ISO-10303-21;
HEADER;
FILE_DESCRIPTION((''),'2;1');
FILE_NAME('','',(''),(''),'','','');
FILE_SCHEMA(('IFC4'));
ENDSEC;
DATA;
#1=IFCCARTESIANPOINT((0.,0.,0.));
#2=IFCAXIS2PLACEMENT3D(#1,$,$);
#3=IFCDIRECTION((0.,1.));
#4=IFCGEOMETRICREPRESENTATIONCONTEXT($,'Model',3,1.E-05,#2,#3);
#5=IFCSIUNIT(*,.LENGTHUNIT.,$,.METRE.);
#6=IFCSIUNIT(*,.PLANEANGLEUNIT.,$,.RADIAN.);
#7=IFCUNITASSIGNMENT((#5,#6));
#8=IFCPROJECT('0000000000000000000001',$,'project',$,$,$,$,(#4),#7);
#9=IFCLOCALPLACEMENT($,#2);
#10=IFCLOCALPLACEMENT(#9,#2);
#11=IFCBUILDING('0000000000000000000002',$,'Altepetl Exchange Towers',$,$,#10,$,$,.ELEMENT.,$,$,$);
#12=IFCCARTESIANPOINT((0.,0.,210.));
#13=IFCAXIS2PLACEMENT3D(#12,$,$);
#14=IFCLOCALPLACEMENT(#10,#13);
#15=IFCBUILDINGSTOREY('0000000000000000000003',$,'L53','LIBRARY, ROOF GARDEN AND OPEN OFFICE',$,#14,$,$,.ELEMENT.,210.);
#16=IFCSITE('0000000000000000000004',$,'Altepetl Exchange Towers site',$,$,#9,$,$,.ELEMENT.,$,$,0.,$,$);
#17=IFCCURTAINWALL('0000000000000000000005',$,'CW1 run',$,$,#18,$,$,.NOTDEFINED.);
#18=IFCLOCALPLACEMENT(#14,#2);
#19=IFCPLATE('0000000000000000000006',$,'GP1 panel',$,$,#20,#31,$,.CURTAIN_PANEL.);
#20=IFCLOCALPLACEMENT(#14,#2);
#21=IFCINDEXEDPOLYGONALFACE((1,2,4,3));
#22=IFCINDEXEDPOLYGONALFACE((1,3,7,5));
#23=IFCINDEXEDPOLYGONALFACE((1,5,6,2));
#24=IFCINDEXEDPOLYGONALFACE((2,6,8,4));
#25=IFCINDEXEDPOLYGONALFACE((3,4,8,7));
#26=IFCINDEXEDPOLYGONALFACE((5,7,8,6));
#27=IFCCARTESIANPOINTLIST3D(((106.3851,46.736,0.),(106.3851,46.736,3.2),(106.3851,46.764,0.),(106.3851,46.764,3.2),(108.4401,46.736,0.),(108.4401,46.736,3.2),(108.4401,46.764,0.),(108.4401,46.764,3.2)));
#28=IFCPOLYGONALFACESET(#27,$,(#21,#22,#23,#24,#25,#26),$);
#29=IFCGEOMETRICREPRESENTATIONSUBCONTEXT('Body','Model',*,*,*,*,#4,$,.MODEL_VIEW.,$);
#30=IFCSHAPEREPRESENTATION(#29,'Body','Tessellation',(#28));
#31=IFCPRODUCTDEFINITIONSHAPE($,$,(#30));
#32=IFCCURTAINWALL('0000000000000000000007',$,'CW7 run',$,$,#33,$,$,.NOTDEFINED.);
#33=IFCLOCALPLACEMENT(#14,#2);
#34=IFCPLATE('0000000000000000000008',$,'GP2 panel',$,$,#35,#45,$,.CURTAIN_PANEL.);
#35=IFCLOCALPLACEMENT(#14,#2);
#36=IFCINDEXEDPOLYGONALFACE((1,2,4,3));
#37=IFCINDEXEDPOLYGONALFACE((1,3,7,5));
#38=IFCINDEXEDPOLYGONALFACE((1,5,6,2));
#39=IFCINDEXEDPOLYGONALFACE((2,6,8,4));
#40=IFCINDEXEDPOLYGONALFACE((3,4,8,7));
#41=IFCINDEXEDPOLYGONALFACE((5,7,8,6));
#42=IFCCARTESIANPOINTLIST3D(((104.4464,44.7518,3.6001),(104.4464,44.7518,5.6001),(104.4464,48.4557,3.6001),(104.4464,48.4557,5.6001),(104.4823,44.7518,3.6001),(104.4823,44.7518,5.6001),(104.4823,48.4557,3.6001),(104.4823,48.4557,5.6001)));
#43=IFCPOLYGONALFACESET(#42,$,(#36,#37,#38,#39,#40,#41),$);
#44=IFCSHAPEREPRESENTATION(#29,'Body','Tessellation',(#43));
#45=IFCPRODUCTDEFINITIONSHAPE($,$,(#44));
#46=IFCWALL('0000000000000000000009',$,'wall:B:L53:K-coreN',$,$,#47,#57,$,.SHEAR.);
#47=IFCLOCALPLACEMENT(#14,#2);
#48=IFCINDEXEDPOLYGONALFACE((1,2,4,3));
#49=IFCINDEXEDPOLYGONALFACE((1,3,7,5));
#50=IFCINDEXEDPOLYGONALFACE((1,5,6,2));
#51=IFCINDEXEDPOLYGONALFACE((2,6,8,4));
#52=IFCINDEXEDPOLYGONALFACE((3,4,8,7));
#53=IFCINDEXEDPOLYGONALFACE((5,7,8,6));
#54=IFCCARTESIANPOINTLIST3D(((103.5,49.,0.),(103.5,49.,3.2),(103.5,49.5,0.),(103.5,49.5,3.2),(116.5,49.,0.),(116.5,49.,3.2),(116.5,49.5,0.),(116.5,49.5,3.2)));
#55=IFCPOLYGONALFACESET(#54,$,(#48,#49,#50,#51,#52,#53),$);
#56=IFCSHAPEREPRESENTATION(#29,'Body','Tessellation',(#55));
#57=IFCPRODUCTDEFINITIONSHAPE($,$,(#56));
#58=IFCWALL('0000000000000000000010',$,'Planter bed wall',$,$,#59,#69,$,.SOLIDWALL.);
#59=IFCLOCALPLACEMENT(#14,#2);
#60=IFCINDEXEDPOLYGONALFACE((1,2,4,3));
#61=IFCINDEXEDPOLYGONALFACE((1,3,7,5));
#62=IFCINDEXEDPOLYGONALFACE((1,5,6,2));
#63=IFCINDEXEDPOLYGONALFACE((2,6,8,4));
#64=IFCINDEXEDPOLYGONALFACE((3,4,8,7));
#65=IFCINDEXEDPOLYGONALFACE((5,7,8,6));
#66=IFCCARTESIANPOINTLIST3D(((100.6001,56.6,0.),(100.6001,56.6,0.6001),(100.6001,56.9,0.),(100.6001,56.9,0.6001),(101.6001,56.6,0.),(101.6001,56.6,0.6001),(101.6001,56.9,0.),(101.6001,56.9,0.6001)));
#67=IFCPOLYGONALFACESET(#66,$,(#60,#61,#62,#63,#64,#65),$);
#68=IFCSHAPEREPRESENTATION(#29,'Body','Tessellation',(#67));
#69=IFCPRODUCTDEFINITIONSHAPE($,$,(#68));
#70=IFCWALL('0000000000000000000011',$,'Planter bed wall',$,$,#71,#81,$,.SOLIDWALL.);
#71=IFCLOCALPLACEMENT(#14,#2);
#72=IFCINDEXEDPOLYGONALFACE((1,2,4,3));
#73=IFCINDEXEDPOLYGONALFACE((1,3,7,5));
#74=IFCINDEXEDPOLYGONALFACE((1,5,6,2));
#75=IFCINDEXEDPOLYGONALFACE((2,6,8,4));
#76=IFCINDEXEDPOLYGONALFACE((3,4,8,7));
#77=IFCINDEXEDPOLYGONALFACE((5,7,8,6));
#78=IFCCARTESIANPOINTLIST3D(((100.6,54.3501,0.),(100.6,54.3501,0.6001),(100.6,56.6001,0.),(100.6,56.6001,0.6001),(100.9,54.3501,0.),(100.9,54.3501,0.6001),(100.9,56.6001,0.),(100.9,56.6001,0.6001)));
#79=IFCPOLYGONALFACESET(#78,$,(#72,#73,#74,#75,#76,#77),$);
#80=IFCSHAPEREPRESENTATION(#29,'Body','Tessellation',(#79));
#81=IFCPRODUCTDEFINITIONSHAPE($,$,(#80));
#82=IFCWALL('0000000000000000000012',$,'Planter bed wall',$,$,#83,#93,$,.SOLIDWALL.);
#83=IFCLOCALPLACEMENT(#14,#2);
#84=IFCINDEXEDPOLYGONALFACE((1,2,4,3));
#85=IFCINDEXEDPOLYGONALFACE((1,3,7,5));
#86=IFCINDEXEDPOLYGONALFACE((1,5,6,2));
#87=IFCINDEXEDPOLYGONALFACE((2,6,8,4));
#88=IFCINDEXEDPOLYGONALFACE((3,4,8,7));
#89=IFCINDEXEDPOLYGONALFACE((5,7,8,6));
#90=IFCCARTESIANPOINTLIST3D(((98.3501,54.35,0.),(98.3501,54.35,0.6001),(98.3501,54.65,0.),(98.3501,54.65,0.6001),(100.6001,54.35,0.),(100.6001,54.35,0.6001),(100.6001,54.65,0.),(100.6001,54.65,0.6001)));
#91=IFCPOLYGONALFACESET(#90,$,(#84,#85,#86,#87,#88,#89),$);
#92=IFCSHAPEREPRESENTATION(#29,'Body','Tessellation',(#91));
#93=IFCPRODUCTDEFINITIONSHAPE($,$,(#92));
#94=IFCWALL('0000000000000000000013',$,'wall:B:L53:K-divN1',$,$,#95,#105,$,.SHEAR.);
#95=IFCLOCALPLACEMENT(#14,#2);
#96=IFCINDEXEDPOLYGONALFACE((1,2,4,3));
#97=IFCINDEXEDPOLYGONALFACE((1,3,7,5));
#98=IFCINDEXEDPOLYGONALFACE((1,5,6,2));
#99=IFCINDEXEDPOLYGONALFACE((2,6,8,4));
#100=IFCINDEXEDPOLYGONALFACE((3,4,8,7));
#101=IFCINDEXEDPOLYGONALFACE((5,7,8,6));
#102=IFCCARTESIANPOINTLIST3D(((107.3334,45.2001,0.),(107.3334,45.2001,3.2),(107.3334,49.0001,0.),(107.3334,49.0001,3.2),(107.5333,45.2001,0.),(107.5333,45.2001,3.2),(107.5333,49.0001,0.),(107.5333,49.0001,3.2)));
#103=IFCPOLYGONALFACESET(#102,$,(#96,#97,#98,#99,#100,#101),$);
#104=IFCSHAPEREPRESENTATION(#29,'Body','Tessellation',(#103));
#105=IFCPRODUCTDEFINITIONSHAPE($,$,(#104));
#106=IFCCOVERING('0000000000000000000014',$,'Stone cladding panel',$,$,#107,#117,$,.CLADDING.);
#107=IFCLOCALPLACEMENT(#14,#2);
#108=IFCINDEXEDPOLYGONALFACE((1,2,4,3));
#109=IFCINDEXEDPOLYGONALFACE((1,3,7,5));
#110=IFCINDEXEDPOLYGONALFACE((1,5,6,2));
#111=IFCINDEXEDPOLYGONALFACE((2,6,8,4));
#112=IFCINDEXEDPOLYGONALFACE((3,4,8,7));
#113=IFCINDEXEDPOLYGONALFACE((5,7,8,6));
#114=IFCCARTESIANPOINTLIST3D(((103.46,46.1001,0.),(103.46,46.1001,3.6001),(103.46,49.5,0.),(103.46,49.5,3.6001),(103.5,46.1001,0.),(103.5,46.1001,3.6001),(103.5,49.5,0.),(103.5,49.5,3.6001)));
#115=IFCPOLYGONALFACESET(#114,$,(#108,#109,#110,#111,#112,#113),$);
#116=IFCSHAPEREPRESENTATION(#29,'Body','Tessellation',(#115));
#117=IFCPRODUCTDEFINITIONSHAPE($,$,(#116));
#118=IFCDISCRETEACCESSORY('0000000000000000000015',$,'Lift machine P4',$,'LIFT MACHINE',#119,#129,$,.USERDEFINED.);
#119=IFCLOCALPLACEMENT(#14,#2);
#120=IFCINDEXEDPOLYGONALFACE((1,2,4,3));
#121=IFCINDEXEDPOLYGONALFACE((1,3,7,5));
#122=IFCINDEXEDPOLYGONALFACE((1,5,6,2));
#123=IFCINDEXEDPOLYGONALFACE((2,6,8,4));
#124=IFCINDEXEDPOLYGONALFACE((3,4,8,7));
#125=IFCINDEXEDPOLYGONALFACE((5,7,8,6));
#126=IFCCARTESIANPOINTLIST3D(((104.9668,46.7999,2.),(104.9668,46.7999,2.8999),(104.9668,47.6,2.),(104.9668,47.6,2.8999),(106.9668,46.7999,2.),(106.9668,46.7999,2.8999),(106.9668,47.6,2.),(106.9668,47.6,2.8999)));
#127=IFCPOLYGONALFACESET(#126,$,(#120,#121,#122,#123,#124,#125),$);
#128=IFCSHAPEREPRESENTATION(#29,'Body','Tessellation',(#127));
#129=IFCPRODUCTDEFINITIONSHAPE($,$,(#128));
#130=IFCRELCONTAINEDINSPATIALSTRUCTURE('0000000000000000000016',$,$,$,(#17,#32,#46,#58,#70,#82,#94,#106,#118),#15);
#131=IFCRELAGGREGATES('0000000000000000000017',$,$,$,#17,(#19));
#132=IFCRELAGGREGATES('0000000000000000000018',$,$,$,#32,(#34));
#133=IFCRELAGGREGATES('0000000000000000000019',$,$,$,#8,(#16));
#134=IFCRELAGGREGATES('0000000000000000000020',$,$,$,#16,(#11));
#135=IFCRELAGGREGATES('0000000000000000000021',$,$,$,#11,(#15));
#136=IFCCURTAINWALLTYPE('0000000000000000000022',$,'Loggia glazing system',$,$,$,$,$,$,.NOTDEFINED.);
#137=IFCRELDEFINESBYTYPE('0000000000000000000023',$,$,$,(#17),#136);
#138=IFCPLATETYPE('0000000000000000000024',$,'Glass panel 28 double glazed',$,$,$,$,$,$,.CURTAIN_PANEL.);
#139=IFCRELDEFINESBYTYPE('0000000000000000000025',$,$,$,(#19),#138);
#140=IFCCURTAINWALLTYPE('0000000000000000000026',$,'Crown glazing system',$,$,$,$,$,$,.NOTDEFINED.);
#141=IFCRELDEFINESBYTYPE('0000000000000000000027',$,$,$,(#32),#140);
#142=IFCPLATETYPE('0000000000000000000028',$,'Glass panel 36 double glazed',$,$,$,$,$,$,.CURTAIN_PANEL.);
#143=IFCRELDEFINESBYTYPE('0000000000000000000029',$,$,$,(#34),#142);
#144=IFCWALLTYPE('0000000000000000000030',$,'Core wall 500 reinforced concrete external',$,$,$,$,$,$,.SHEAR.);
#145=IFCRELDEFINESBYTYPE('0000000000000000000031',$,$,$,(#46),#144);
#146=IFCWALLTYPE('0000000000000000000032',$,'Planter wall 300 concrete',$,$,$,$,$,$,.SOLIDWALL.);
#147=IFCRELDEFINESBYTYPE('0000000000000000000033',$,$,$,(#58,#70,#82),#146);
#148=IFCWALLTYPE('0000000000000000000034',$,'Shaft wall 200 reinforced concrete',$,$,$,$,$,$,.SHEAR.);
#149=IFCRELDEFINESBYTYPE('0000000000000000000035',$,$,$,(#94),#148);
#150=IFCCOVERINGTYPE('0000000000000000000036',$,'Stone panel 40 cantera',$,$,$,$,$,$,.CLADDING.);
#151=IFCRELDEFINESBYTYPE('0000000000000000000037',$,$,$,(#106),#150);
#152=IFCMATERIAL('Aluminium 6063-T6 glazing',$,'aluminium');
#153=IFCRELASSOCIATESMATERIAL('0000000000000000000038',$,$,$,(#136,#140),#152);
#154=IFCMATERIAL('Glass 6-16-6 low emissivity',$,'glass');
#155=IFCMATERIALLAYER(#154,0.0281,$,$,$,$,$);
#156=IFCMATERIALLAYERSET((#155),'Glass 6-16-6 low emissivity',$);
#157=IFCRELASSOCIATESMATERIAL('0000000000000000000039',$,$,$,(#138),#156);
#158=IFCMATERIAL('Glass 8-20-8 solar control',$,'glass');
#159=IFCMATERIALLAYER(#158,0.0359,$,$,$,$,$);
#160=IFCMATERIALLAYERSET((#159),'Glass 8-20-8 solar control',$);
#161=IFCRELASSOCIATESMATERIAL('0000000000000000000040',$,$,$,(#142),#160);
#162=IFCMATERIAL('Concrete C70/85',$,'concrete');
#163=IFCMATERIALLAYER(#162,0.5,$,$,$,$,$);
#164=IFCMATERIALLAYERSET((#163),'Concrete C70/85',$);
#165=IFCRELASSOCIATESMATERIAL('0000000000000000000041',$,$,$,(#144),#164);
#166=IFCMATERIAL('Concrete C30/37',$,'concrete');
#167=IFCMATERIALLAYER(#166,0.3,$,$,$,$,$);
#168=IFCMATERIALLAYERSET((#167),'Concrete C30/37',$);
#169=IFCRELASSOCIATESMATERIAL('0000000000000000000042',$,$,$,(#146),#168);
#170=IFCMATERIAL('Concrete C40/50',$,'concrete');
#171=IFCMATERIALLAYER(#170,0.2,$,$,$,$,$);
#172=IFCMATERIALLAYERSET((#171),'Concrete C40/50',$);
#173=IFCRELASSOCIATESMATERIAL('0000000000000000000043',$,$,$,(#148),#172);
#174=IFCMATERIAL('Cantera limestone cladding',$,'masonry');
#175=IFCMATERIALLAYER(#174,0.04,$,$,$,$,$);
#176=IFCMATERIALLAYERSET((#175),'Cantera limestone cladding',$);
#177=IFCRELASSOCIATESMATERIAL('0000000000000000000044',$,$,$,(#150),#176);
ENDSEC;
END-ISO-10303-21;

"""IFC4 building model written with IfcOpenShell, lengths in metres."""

from ifc_helpers import new_model, si_unit, direction, frame, frame_2d, origin, origin_2d, place, context, subcontext, project, spatial, rectangle, extrude, material, layer, layer_set, type_object, element, aggregate, save


model = new_model("IFC4")

# Units and contexts
model_context = context("Model", 3, precision=1e-05, world=origin(), true_north=direction((0.0, 1.0)))
body_context = subcontext(model_context, "Body", "Model", "MODEL_VIEW")
ifc_project = project(units=[si_unit("LENGTHUNIT", "METRE"), si_unit("PLANEANGLEUNIT", "RADIAN")], contexts=[model_context])

# Site, building, storey
site_placement = place(None, origin())
site = spatial("IfcSite", under=ifc_project, at=site_placement, Name="Altepetl Exchange Towers site", CompositionType="ELEMENT", RefElevation=0.0)
building_placement = place(site_placement, origin())
building = spatial("IfcBuilding", under=site, at=building_placement, Name="Altepetl Exchange Towers", CompositionType="ELEMENT")
storey_placement = place(building_placement, frame((0.0, 0.0, 210.0)))
storey = spatial("IfcBuildingStorey", under=building, at=storey_placement, Name="L53", Description="LIBRARY, ROOF GARDEN AND OPEN OFFICE", CompositionType="ELEMENT", Elevation=210.0)

# Shared definitions
ifc_material_1 = material(Name="Aluminium 6063-T6 glazing", Category="aluminium")
curtain_wall_type_1 = type_object("IfcCurtainWallType", Name="Loggia glazing system", PredefinedType="NOTDEFINED", material=ifc_material_1)

# Curtain wall
curtain_wall_1_placement = place(storey_placement, origin())
curtain_wall_1 = element("IfcCurtainWall", 1, at=curtain_wall_1_placement, inside=storey, type_object=curtain_wall_type_1, Name="CW1 run", PredefinedType="NOTDEFINED")

# Plate
ifc_material_2 = material(Name="Glass 6-16-6 low emissivity", Category="glass")
ifc_layer_1 = layer(ifc_material_2, 0.0281)
ifc_layer_set_1 = layer_set([ifc_layer_1], Name="Glass 6-16-6 low emissivity")
plate_type_1 = type_object("IfcPlateType", Name="Glass panel 28 double glazed", PredefinedType="CURTAIN_PANEL", material=ifc_layer_set_1)
plate_1_placement = place(storey_placement, frame((107.4126, 46.75, 0.0), z_axis=(0.0, 0.0, 1.0), x_axis=(-1.0, 0.0, 0.0)))
plate_1 = element("IfcPlate", 2, at=plate_1_placement, type_object=plate_type_1, Name="GP1 panel", PredefinedType="CURTAIN_PANEL", context=body_context, shape_type="SweptSolid", body=[
    extrude(rectangle(XDim=2.0549, YDim=0.0281, at=origin_2d()), origin(), (0.0, 0.0, 1.0), 3.2),
])
aggregate(curtain_wall_1, [plate_1])

# Curtain wall, plate
curtain_wall_type_2 = type_object("IfcCurtainWallType", Name="Crown glazing system", PredefinedType="NOTDEFINED", material=ifc_material_1)
curtain_wall_2_placement = place(storey_placement, origin())
curtain_wall_2 = element("IfcCurtainWall", 3, at=curtain_wall_2_placement, inside=storey, type_object=curtain_wall_type_2, Name="CW7 run", PredefinedType="NOTDEFINED")
ifc_material_3 = material(Name="Glass 8-20-8 solar control", Category="glass")
ifc_layer_2 = layer(ifc_material_3, 0.0359)
ifc_layer_set_2 = layer_set([ifc_layer_2], Name="Glass 8-20-8 solar control")
plate_type_2 = type_object("IfcPlateType", Name="Glass panel 36 double glazed", PredefinedType="CURTAIN_PANEL", material=ifc_layer_set_2)
plate_2_placement = place(storey_placement, frame((104.4644, 46.6038, 3.6001), z_axis=(0.0, 0.0, 1.0), x_axis=(0.0, -1.0, 0.0)))
plate_2 = element("IfcPlate", 4, at=plate_2_placement, type_object=plate_type_2, Name="GP2 panel", PredefinedType="CURTAIN_PANEL", context=body_context, shape_type="SweptSolid", body=[
    extrude(rectangle(XDim=3.7039, YDim=0.0359, at=origin_2d()), origin(), (0.0, 0.0, 1.0), 2.0),
])
aggregate(curtain_wall_2, [plate_2])

# Walls
ifc_material_4 = material(Name="Concrete C70/85", Category="concrete")
ifc_layer_3 = layer(ifc_material_4, 0.5)
ifc_layer_set_3 = layer_set([ifc_layer_3], Name="Concrete C70/85")
wall_type_1 = type_object("IfcWallType", Name="Core wall 500 reinforced concrete external", PredefinedType="SHEAR", material=ifc_layer_set_3)
wall_1_placement = place(storey_placement, frame((103.5, 49.25, 0.0)))
element("IfcWall", 5, at=wall_1_placement, inside=storey, type_object=wall_type_1, Name="wall:B:L53:K-coreN", PredefinedType="SHEAR", context=body_context, shape_type="SweptSolid", body=[
    extrude(rectangle(XDim=13.0, YDim=0.5, at=frame_2d((6.5, 0.0))), origin(), (0.0, 0.0, 1.0), 3.2),
])
ifc_material_5 = material(Name="Concrete C30/37", Category="concrete")
ifc_layer_4 = layer(ifc_material_5, 0.3)
ifc_layer_set_4 = layer_set([ifc_layer_4], Name="Concrete C30/37")
wall_type_2 = type_object("IfcWallType", Name="Planter wall 300 concrete", PredefinedType="SOLIDWALL", material=ifc_layer_set_4)
wall_2_placement = place(storey_placement, frame((101.6001, 56.75, 0.0), z_axis=(0.0, 0.0, 1.0), x_axis=(-1.0, 0.0, 0.0)))
element("IfcWall", 6, at=wall_2_placement, inside=storey, type_object=wall_type_2, Name="Planter bed wall", PredefinedType="SOLIDWALL", context=body_context, shape_type="SweptSolid", body=[
    extrude(rectangle(XDim=1.0, YDim=0.3, at=frame_2d((0.5, 0.0))), origin(), (0.0, 0.0, 1.0), 0.6001),
])
for number, where, z_axis, x_axis, name in (
    (7, (100.75, 56.6001, 0.0), (0.0, 0.0, 1.0), (0.0, -1.0, 0.0), "Planter bed wall"),
    (8, (100.6001, 54.5, 0.0), (0.0, 0.0, 1.0), (-1.0, 0.0, 0.0), "Planter bed wall"),
):
    element("IfcWall", number, at=place(storey_placement, frame(where, z_axis=z_axis, x_axis=x_axis)), inside=storey, type_object=wall_type_2, Name=name, PredefinedType="SOLIDWALL", context=body_context, shape_type="SweptSolid", body=[
        extrude(rectangle(XDim=2.25, YDim=0.3, at=frame_2d((1.125, 0.0))), origin(), (0.0, 0.0, 1.0), 0.6001),
    ])
ifc_material_6 = material(Name="Concrete C40/50", Category="concrete")
ifc_layer_5 = layer(ifc_material_6, 0.2)
ifc_layer_set_5 = layer_set([ifc_layer_5], Name="Concrete C40/50")
wall_type_3 = type_object("IfcWallType", Name="Shaft wall 200 reinforced concrete", PredefinedType="SHEAR", material=ifc_layer_set_5)
wall_3_placement = place(storey_placement, frame((107.4333, 49.0, 0.0), z_axis=(0.0, 0.0, 1.0), x_axis=(0.0, -1.0, 0.0)))
element("IfcWall", 9, at=wall_3_placement, inside=storey, type_object=wall_type_3, Name="wall:B:L53:K-divN1", PredefinedType="SHEAR", context=body_context, shape_type="SweptSolid", body=[
    extrude(rectangle(XDim=3.8, YDim=0.2, at=frame_2d((1.8999, 0.0))), origin(), (0.0, 0.0, 1.0), 3.2),
])

# Covering
ifc_material_7 = material(Name="Cantera limestone cladding", Category="masonry")
ifc_layer_6 = layer(ifc_material_7, 0.04)
ifc_layer_set_6 = layer_set([ifc_layer_6], Name="Cantera limestone cladding")
covering_type = type_object("IfcCoveringType", Name="Stone panel 40 cantera", PredefinedType="CLADDING", material=ifc_layer_set_6)
covering_placement = place(storey_placement, frame((103.48, 47.8, 0.0), z_axis=(0.0, 0.0, 1.0), x_axis=(0.0, -1.0, 0.0)))
element("IfcCovering", 10, at=covering_placement, inside=storey, type_object=covering_type, Name="Stone cladding panel", PredefinedType="CLADDING", context=body_context, shape_type="SweptSolid", body=[
    extrude(rectangle(XDim=3.3999, YDim=0.04, at=origin_2d()), origin(), (0.0, 0.0, 1.0), 3.6001),
])

# Discrete accessory
discrete_accessory_placement = place(storey_placement, frame((105.9668, 47.2, 2.0)))
element("IfcDiscreteAccessory", 11, at=discrete_accessory_placement, inside=storey, Name="Lift machine P4", ObjectType="LIFT MACHINE", PredefinedType="USERDEFINED", context=body_context, shape_type="SweptSolid", body=[
    extrude(rectangle(XDim=2.0, YDim=0.8, at=origin_2d()), origin(), (0.0, 0.0, 1.0), 0.8999),
])

save(model, "model.ifc")
